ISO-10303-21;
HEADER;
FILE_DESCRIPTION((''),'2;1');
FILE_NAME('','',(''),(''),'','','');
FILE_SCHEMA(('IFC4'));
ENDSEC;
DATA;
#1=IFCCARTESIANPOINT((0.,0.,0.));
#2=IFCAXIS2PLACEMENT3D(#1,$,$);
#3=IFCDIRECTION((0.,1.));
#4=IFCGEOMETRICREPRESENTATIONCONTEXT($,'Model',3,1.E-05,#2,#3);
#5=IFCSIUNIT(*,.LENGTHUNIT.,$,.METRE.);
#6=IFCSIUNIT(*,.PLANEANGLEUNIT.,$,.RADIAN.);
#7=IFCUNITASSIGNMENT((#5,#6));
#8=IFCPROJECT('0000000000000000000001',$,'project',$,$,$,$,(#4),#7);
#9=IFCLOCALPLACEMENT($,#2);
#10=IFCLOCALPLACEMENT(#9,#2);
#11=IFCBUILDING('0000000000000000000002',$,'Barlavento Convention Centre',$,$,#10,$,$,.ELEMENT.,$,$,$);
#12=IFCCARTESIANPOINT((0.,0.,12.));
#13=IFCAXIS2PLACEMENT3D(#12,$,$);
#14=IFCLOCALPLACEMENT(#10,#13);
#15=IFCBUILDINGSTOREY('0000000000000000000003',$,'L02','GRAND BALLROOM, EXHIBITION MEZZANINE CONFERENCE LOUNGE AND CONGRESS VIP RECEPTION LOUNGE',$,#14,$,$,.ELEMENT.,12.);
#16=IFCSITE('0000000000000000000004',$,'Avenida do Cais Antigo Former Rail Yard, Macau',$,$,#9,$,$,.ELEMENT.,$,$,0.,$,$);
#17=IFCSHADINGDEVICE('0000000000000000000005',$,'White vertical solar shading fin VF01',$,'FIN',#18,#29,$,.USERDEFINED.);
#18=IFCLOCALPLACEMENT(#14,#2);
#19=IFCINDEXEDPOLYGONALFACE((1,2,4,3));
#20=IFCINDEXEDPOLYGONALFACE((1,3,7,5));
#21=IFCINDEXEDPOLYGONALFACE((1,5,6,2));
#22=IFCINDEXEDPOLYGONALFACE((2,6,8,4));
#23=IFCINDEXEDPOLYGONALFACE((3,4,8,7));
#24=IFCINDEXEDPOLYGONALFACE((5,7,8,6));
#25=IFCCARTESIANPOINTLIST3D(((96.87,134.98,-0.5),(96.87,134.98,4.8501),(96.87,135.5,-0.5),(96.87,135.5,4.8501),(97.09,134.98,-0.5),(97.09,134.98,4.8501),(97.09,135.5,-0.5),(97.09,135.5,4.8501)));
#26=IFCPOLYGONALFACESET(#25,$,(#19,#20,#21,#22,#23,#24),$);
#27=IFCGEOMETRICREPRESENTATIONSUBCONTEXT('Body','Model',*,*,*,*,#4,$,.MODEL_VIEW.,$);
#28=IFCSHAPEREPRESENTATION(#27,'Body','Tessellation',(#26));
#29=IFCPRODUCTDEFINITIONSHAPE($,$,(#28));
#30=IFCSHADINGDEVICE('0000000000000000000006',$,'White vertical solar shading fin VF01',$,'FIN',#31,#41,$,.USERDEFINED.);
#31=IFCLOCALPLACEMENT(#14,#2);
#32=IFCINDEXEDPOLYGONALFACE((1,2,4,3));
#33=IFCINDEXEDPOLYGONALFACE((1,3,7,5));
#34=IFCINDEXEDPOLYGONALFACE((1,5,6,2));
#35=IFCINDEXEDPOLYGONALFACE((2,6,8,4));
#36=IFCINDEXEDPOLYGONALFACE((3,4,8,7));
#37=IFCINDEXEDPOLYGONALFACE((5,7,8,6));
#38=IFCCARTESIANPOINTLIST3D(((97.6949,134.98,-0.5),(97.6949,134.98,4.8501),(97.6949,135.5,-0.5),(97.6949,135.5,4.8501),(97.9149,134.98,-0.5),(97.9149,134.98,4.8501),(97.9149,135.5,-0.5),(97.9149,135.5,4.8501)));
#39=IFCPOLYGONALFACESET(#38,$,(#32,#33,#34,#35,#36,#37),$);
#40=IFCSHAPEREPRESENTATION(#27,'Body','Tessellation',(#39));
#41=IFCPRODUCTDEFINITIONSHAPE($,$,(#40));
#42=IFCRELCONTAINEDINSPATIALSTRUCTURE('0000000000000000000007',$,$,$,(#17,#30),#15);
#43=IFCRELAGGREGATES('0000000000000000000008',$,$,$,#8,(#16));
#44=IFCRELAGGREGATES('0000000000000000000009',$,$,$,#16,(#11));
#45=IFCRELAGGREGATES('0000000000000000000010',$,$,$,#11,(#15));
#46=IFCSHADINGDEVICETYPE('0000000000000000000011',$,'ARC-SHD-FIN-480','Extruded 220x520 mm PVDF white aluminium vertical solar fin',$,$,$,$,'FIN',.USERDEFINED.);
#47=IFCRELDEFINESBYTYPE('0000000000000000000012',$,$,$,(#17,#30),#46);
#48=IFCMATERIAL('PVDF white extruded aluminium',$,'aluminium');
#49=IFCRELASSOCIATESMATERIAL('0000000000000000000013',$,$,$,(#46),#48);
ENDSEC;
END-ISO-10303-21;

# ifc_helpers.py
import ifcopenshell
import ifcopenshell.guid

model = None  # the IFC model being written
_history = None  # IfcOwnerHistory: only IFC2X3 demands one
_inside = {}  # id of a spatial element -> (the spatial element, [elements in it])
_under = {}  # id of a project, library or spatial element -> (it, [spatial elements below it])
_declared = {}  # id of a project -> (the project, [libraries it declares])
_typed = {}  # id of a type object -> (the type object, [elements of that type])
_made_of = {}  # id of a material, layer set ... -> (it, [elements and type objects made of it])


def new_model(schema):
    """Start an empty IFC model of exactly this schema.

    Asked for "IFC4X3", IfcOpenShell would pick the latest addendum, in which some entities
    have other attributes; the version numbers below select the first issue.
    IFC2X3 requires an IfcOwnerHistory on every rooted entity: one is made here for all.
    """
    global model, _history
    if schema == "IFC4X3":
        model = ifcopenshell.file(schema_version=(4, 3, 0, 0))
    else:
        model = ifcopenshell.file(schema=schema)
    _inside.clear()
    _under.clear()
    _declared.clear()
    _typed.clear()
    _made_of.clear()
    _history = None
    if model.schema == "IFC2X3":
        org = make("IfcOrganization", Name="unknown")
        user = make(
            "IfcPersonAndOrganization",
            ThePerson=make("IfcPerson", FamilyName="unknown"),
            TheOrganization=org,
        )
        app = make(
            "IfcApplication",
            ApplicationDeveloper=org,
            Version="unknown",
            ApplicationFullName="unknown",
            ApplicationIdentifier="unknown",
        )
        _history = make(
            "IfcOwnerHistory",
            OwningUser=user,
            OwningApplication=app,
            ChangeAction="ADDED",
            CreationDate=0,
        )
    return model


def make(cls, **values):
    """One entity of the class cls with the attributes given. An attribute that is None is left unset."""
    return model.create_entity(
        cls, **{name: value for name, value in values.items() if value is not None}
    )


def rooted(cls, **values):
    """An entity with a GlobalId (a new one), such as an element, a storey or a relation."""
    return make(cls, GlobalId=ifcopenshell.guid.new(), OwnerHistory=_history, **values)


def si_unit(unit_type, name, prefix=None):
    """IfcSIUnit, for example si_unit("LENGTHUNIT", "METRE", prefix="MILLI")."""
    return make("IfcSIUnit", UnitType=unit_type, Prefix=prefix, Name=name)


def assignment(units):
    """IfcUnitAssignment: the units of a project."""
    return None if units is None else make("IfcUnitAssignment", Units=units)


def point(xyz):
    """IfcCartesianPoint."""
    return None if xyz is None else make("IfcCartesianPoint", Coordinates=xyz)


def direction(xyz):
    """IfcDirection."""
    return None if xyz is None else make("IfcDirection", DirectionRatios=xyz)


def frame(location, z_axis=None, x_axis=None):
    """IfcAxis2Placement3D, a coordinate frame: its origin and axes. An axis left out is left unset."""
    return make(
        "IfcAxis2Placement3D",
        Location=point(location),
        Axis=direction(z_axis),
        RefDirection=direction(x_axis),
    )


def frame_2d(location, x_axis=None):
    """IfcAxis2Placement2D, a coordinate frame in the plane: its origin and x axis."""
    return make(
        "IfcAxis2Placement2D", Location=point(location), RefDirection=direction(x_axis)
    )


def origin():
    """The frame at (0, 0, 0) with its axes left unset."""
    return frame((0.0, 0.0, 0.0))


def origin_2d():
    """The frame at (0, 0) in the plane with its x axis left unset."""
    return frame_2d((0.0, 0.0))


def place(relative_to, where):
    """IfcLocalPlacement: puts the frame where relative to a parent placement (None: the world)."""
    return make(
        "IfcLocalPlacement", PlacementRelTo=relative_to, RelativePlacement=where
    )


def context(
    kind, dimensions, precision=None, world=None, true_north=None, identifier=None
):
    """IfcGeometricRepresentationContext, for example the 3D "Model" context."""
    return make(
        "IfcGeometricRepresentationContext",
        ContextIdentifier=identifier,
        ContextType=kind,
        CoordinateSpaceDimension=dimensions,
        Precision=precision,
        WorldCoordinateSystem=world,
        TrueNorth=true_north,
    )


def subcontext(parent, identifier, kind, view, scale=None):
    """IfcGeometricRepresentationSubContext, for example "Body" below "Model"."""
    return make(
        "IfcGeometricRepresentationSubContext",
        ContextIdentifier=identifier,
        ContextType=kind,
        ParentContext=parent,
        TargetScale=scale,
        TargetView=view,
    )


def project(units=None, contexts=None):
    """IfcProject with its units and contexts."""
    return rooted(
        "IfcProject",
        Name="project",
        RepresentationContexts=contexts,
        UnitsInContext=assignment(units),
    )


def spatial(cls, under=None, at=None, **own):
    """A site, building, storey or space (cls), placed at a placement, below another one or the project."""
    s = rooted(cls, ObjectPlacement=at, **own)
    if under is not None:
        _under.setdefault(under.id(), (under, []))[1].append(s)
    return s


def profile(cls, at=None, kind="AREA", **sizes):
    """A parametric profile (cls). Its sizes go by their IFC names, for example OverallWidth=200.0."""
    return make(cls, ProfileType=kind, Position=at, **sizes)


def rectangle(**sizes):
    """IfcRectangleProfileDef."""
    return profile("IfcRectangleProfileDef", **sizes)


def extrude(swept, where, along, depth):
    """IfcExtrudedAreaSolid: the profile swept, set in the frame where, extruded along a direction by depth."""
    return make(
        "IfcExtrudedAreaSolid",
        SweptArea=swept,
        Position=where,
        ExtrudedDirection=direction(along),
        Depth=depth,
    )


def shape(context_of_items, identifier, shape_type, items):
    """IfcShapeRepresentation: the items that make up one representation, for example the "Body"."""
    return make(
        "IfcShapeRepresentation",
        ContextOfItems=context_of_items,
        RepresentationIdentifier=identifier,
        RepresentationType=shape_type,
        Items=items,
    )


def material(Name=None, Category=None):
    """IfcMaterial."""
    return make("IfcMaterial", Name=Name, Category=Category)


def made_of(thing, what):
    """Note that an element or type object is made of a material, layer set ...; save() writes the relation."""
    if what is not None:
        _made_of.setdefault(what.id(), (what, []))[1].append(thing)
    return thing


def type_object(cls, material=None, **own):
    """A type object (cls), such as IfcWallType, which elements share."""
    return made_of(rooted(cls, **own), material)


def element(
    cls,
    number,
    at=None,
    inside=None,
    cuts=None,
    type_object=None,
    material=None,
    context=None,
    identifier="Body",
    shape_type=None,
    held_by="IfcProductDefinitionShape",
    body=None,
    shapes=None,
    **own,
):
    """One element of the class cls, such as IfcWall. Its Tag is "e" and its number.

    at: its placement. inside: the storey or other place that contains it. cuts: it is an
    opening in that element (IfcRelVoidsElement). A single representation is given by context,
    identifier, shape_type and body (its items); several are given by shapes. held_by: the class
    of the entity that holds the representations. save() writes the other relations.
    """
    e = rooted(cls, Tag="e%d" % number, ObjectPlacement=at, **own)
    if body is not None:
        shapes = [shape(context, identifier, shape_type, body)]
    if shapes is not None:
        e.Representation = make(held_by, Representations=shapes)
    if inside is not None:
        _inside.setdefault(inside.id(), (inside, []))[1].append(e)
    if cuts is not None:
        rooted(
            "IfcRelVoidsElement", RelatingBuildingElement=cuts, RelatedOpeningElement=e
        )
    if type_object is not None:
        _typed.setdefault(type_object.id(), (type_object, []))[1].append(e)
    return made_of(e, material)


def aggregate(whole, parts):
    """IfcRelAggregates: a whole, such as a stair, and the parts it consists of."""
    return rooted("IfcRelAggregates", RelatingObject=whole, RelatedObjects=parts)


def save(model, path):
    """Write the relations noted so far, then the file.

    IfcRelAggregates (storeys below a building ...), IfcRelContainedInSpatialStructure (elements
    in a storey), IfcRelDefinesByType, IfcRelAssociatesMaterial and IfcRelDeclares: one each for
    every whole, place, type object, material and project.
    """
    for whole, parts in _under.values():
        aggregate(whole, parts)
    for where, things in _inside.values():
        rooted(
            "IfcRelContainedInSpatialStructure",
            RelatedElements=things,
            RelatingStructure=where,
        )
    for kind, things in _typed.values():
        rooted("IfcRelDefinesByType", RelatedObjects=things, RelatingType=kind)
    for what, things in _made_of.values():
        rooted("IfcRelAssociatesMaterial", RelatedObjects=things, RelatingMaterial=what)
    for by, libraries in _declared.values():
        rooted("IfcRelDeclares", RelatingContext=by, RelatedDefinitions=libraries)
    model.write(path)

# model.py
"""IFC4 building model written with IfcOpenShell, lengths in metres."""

from ifc_helpers import new_model, si_unit, direction, frame, origin, origin_2d, place, context, subcontext, project, spatial, rectangle, extrude, material, type_object, element, save


model = new_model("IFC4")

# Units and contexts
model_context = context("Model", 3, precision=1e-05, world=origin(), true_north=direction((0.0, 1.0)))
body_context = subcontext(model_context, "Body", "Model", "MODEL_VIEW")
ifc_project = project(units=[si_unit("LENGTHUNIT", "METRE"), si_unit("PLANEANGLEUNIT", "RADIAN")], contexts=[model_context])

# Site, building, storey
site_placement = place(None, origin())
site = spatial("IfcSite", under=ifc_project, at=site_placement, Name="Avenida do Cais Antigo Former Rail Yard, Macau", CompositionType="ELEMENT", RefElevation=0.0)
building_placement = place(site_placement, origin())
building = spatial("IfcBuilding", under=site, at=building_placement, Name="Barlavento Convention Centre", CompositionType="ELEMENT")
storey_placement = place(building_placement, frame((0.0, 0.0, 12.0)))
storey = spatial("IfcBuildingStorey", under=building, at=storey_placement, Name="L02", Description="GRAND BALLROOM, EXHIBITION MEZZANINE CONFERENCE LOUNGE AND CONGRESS VIP RECEPTION LOUNGE", CompositionType="ELEMENT", Elevation=12.0)

# Shading devices
ifc_material_1 = material(Name="PVDF white extruded aluminium", Category="aluminium")
shading_device_type = type_object("IfcShadingDeviceType", Name="ARC-SHD-FIN-480", Description="Extruded 220x520 mm PVDF white aluminium vertical solar fin", ElementType="FIN", PredefinedType="USERDEFINED", material=ifc_material_1)
for number, where, z_axis, x_axis, name in (
    (1, (96.98, 135.24, -0.5), (0.0, 0.0, 1.0), (1.0, 0.0, 0.0), "White vertical solar shading fin VF01"),
    (2, (97.8049, 135.24, -0.5), (0.0, 0.0, 1.0), (1.0, 0.0, 0.0), "White vertical solar shading fin VF01"),
):
    element("IfcShadingDevice", number, at=place(storey_placement, frame(where, z_axis=z_axis, x_axis=x_axis)), inside=storey, type_object=shading_device_type, Name=name, ObjectType="FIN", PredefinedType="USERDEFINED", context=body_context, shape_type="SweptSolid", body=[
        extrude(rectangle(XDim=0.22, YDim=0.52, at=origin_2d()), origin(), (0.0, 0.0, 1.0), 5.3501),
    ])

save(model, "model.ifc")
